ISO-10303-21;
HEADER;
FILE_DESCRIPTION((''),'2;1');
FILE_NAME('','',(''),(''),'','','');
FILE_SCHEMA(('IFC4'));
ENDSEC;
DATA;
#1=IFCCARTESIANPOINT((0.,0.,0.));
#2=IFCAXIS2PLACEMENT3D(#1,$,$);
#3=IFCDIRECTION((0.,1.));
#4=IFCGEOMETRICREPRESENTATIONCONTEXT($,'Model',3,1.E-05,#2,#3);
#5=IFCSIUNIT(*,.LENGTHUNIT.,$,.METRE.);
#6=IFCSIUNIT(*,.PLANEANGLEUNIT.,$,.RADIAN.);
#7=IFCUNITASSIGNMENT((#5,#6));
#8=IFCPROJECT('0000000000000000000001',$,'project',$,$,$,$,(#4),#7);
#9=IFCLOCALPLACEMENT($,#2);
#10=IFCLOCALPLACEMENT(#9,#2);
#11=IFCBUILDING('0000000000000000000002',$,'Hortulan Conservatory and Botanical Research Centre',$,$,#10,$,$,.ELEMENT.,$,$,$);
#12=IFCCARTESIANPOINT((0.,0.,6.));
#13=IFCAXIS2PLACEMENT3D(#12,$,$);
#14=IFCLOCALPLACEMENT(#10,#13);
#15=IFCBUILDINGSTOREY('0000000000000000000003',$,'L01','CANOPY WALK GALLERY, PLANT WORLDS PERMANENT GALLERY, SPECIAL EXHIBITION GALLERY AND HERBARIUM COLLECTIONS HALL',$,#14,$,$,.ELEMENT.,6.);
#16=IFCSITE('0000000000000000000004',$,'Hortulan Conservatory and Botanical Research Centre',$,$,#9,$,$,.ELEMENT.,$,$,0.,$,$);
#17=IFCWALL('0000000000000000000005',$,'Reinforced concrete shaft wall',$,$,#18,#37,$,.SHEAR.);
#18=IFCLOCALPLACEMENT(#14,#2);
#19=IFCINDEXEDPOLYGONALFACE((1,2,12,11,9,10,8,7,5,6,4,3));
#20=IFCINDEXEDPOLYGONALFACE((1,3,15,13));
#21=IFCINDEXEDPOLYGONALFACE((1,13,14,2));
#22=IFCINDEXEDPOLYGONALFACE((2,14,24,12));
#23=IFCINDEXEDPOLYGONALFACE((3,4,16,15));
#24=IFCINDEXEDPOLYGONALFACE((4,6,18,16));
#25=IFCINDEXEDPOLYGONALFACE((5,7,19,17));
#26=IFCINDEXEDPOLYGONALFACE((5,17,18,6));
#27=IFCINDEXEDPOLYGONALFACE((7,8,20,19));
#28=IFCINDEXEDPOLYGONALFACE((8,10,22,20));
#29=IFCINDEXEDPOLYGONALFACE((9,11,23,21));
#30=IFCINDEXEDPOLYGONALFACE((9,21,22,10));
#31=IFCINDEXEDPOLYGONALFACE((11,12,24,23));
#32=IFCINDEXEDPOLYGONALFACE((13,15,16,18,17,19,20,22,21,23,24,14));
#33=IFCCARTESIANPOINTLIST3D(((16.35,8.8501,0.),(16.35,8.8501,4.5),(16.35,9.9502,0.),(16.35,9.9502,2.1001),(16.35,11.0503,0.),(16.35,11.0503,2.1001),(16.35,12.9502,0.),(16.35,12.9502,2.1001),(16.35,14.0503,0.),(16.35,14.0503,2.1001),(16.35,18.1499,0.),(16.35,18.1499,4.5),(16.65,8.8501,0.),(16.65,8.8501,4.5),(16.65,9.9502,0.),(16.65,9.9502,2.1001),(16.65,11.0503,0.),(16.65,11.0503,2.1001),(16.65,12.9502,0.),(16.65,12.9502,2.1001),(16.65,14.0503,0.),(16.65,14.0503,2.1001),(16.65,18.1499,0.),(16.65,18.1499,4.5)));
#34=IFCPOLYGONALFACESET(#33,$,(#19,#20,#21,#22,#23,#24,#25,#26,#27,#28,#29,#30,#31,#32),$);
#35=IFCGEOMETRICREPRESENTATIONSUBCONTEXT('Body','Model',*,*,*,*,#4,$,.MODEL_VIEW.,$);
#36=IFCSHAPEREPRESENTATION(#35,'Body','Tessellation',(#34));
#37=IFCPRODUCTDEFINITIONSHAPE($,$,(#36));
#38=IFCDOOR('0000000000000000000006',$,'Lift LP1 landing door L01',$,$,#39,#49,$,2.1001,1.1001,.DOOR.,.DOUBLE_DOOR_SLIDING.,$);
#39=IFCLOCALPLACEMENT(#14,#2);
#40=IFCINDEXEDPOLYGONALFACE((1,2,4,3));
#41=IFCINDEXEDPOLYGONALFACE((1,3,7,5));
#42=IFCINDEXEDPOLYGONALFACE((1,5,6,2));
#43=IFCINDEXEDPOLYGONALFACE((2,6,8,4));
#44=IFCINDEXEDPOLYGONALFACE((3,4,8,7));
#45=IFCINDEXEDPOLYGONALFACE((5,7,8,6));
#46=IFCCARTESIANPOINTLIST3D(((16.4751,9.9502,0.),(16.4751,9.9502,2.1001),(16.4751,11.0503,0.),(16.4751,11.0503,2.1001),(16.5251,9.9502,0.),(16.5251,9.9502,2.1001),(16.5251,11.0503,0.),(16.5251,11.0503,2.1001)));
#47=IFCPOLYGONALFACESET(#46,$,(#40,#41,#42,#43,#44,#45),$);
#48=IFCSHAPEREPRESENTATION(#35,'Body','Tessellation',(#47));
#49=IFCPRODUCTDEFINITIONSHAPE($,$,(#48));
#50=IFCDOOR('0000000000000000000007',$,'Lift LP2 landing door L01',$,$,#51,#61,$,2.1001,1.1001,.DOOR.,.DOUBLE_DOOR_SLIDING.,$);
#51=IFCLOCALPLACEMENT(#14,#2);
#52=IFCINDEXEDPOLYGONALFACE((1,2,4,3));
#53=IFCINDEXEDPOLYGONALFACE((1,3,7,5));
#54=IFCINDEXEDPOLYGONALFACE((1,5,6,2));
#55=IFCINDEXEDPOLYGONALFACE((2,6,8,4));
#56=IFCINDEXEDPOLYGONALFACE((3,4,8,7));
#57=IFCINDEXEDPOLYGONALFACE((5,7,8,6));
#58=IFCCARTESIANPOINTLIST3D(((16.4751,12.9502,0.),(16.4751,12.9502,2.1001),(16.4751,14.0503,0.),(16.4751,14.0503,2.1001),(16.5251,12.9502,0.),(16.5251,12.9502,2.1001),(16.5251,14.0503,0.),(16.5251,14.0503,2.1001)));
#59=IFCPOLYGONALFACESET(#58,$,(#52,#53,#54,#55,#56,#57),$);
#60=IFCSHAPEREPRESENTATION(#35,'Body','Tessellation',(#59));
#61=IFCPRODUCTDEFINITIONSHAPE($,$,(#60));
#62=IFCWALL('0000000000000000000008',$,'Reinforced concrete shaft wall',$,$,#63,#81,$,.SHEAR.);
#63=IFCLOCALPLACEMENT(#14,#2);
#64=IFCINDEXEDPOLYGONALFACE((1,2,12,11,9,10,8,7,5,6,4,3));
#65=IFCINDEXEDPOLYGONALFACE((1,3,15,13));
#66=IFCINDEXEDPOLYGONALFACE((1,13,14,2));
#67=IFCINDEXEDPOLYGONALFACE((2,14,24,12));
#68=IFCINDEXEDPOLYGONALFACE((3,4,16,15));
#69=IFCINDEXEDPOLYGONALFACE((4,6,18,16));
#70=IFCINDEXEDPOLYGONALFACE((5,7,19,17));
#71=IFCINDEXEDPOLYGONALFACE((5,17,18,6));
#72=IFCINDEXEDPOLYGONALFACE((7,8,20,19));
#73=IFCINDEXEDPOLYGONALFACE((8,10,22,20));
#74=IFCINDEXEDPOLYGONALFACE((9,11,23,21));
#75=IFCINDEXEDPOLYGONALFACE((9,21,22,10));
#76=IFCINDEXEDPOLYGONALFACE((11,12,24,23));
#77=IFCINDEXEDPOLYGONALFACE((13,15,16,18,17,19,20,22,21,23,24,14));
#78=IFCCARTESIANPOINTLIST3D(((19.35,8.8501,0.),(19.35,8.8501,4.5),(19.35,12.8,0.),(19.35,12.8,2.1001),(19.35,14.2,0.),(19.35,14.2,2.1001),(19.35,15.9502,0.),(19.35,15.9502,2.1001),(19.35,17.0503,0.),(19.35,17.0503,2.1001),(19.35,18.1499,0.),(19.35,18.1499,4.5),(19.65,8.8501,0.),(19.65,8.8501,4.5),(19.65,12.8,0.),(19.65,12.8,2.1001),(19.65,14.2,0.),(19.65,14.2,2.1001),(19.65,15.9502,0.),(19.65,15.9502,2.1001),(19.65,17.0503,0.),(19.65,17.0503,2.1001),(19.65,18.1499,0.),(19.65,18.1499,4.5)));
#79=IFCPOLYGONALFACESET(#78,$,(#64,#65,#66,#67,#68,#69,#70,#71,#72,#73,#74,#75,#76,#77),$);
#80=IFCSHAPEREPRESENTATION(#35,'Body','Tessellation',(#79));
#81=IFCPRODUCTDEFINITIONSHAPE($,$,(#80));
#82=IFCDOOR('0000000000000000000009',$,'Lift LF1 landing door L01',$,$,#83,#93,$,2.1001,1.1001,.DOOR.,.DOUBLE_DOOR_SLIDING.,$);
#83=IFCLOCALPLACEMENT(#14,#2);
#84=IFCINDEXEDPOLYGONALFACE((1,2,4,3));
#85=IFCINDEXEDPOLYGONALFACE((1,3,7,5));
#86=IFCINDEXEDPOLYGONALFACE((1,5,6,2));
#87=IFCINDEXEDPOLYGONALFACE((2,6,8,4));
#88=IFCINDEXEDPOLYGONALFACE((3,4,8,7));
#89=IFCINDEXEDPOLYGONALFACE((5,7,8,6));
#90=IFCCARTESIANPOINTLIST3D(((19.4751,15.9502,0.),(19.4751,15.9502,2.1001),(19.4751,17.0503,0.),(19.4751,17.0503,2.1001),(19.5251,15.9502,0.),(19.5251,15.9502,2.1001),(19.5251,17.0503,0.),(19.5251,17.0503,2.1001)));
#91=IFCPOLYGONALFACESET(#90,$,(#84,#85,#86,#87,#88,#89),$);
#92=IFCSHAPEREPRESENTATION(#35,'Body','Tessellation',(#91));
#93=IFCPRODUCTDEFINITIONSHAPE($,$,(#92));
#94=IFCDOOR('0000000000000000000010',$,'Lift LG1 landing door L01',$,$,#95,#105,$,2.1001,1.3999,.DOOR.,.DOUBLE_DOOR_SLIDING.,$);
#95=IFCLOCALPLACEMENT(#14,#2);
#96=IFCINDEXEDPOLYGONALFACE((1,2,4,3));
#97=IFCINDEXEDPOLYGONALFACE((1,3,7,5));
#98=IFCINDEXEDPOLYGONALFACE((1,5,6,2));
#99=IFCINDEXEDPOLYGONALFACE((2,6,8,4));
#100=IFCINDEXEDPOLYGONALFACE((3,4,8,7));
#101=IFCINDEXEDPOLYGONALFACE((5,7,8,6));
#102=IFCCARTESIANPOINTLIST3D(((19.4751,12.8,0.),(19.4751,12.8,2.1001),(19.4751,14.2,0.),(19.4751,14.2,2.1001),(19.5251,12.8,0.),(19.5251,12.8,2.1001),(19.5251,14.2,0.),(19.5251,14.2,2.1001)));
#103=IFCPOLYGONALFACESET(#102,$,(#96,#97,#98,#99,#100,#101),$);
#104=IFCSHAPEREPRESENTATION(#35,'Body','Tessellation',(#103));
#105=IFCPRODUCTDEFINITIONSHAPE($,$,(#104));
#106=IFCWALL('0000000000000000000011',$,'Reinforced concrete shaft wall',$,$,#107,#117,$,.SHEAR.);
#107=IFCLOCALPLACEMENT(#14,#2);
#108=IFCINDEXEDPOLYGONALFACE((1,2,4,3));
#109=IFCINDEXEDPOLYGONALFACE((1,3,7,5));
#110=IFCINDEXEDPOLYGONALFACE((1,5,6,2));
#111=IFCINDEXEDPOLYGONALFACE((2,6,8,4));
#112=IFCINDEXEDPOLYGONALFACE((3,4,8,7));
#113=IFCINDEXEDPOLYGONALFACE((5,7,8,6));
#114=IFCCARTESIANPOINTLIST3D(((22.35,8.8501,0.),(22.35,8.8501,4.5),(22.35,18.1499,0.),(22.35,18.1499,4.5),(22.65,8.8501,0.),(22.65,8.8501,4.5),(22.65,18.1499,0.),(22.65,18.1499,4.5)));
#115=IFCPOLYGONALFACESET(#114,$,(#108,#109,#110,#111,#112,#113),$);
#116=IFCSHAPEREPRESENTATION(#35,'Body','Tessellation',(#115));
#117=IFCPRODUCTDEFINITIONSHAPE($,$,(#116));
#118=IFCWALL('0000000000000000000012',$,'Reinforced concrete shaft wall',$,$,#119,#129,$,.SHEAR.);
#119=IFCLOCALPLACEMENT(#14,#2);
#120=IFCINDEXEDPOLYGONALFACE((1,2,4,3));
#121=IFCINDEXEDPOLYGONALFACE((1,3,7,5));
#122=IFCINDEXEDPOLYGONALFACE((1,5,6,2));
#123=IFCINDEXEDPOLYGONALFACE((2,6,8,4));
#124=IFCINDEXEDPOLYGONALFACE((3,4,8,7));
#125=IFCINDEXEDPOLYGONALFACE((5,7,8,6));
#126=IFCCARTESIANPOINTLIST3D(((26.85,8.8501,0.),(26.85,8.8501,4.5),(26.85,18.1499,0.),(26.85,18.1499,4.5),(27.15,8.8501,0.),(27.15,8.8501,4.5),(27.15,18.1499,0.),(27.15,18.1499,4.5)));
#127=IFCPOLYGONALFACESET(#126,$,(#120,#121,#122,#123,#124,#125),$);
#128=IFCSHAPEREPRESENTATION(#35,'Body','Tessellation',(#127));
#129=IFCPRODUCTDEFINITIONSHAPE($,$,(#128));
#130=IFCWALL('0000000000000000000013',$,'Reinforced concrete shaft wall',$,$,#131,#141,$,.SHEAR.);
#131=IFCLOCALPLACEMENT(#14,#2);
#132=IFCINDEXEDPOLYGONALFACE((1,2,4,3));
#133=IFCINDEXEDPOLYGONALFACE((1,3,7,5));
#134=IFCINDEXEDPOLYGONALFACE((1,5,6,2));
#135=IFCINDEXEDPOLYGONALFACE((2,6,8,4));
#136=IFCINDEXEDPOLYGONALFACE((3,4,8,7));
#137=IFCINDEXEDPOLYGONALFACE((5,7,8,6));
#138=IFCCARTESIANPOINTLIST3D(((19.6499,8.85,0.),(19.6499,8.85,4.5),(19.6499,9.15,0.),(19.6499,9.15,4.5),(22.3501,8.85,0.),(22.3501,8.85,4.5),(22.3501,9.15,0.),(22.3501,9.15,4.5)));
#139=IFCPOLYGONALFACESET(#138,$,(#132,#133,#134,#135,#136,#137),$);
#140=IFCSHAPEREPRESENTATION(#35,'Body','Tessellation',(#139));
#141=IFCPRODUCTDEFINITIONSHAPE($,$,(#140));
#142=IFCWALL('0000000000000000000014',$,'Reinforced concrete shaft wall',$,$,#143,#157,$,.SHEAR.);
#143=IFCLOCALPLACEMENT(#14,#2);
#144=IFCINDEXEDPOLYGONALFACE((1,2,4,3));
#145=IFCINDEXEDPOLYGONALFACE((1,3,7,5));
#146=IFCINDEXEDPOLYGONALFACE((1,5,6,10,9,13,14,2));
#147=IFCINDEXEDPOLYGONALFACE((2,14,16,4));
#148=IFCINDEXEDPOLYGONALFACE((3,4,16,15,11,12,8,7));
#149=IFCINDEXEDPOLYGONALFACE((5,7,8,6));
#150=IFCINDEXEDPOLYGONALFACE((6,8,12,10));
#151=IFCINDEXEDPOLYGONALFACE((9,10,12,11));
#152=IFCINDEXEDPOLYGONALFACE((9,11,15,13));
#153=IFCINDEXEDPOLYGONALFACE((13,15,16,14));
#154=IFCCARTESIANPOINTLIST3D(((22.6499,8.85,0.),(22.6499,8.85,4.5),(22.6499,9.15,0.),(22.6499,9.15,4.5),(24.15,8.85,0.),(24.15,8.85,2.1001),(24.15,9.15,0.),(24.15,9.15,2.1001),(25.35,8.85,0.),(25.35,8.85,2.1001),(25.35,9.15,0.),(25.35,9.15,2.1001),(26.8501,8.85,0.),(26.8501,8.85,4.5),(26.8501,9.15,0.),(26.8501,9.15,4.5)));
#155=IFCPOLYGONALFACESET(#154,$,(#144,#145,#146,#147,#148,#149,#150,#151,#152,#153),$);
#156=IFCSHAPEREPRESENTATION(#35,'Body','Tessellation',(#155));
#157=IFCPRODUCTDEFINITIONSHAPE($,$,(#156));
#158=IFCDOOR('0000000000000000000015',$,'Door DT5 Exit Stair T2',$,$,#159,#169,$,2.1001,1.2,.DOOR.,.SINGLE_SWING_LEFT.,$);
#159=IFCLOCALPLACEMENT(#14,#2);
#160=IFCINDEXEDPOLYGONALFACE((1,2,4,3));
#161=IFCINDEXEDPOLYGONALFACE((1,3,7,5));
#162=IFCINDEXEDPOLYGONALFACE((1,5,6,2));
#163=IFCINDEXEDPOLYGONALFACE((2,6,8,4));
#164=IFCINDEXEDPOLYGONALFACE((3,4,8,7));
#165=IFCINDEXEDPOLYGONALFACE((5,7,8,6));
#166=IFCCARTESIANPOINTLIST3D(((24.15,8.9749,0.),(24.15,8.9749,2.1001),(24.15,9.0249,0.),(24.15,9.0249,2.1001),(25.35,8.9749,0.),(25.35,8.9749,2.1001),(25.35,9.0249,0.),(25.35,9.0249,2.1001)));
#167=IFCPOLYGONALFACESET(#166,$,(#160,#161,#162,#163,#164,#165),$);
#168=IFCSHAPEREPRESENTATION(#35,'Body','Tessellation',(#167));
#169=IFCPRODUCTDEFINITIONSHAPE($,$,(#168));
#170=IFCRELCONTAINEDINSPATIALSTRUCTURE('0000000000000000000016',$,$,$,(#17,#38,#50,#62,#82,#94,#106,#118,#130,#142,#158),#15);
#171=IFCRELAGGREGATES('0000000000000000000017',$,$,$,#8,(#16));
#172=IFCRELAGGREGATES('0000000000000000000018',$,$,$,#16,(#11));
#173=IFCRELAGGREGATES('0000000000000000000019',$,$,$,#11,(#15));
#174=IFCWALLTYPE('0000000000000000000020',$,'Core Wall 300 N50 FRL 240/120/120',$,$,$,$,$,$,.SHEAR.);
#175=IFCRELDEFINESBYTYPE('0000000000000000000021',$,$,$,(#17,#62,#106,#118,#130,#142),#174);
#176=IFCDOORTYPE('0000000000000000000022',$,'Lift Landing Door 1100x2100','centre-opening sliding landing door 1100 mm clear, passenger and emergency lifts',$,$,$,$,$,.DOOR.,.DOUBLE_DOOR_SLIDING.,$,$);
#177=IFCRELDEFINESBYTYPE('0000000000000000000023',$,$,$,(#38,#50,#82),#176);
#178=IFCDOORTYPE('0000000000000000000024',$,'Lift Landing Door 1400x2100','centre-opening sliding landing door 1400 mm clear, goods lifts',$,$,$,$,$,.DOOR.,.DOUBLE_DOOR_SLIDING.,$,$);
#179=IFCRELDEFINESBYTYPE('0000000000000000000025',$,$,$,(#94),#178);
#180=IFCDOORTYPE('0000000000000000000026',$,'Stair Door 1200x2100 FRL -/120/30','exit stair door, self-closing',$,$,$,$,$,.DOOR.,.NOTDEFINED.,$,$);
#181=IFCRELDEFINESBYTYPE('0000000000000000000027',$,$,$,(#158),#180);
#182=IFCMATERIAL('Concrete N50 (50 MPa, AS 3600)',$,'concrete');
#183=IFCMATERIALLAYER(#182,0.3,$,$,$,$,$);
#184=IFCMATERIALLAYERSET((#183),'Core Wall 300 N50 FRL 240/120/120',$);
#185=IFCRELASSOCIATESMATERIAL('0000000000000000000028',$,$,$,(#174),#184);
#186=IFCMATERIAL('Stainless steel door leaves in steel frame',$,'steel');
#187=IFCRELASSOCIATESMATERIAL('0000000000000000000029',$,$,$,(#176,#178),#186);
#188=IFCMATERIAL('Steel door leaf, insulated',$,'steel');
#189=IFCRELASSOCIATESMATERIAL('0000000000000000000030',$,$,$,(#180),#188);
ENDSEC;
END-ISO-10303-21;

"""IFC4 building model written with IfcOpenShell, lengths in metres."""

from ifc_helpers import new_model, si_unit, direction, frame, frame_2d, origin, place, context, subcontext, project, spatial, rectangle, extrude, material, layer, layer_set, type_object, element, fill, save


model = new_model("IFC4")

# Units and contexts
model_context = context("Model", 3, precision=1e-05, world=origin(), true_north=direction((0.0, 1.0)))
body_context = subcontext(model_context, "Body", "Model", "MODEL_VIEW")
ifc_project = project(units=[si_unit("LENGTHUNIT", "METRE"), si_unit("PLANEANGLEUNIT", "RADIAN")], contexts=[model_context])

# Site, building, storey
site_placement = place(None, origin())
site = spatial("IfcSite", under=ifc_project, at=site_placement, Name="Hortulan Conservatory and Botanical Research Centre", CompositionType="ELEMENT", RefElevation=0.0)
building_placement = place(site_placement, origin())
building = spatial("IfcBuilding", under=site, at=building_placement, Name="Hortulan Conservatory and Botanical Research Centre", CompositionType="ELEMENT")
storey_placement = place(building_placement, frame((0.0, 0.0, 6.0)))
storey = spatial("IfcBuildingStorey", under=building, at=storey_placement, Name="L01", Description="CANOPY WALK GALLERY, PLANT WORLDS PERMANENT GALLERY, SPECIAL EXHIBITION GALLERY AND HERBARIUM COLLECTIONS HALL", CompositionType="ELEMENT", Elevation=6.0)

# Shared definitions
ifc_material_1 = material(Name="Steel door leaf, insulated", Category="steel")

# Walls, openings, doors
ifc_material_2 = material(Name="Concrete N50 (50 MPa, AS 3600)", Category="concrete")
ifc_layer_1 = layer(ifc_material_2, 0.3)
ifc_layer_set_1 = layer_set([ifc_layer_1], Name="Core Wall 300 N50 FRL 240/120/120")
wall_type_1 = type_object("IfcWallType", Name="Core Wall 300 N50 FRL 240/120/120", PredefinedType="SHEAR", material=ifc_layer_set_1)
wall_1_placement = place(storey_placement, frame((16.5, 8.8501, 0.0), z_axis=(0.0, 0.0, 1.0), x_axis=(0.0, 1.0, 0.0)))
wall_1 = element("IfcWall", 1, at=wall_1_placement, inside=storey, type_object=wall_type_1, Name="Reinforced concrete shaft wall", PredefinedType="SHEAR", context=body_context, shape_type="SweptSolid", body=[
    extrude(rectangle(XDim=9.2998, YDim=0.3, at=frame_2d((4.6499, 0.0))), origin(), (0.0, 0.0, 1.0), 4.5),
])
opening_1_placement = place(wall_1_placement, frame((1.1001, 0.0, 0.0)))
opening_1 = element("IfcOpeningElement", 2, at=opening_1_placement, cuts=wall_1, PredefinedType="OPENING", context=body_context, shape_type="SweptSolid", body=[
    extrude(rectangle(XDim=1.1001, YDim=2.1001, at=frame_2d((0.55, 1.05))), frame((0.0, 0.1599, 0.0), z_axis=(0.0, -1.0, 0.0), x_axis=(1.0, 0.0, 0.0)), (0.0, 0.0, 1.0), 0.3201),
])
opening_2_placement = place(wall_1_placement, frame((4.1001, 0.0, 0.0)))
opening_2 = element("IfcOpeningElement", 3, at=opening_2_placement, cuts=wall_1, PredefinedType="OPENING", context=body_context, shape_type="SweptSolid", body=[
    extrude(rectangle(XDim=1.1001, YDim=2.1001, at=frame_2d((0.55, 1.05))), frame((0.0, 0.1599, 0.0), z_axis=(0.0, -1.0, 0.0), x_axis=(1.0, 0.0, 0.0)), (0.0, 0.0, 1.0), 0.3201),
])
ifc_material_3 = material(Name="Stainless steel door leaves in steel frame", Category="steel")
door_type_1 = type_object("IfcDoorType", Name="Lift Landing Door 1100x2100", Description="centre-opening sliding landing door 1100 mm clear, passenger and emergency lifts", OperationType="DOUBLE_DOOR_SLIDING", PredefinedType="DOOR", material=ifc_material_3)
door_1_placement = place(opening_1_placement, origin())
door_1 = element("IfcDoor", 4, at=door_1_placement, inside=storey, type_object=door_type_1, Name="Lift LP1 landing door L01", OperationType="DOUBLE_DOOR_SLIDING", OverallHeight=2.1001, OverallWidth=1.1001, PredefinedType="DOOR", context=body_context, shape_type="SweptSolid", body=[
    extrude(rectangle(XDim=1.1001, YDim=2.1001, at=frame_2d((0.55, 1.05))), frame((0.0, 0.0249, 0.0), z_axis=(0.0, -1.0, 0.0), x_axis=(1.0, 0.0, 0.0)), (0.0, 0.0, 1.0), 0.05),
])
fill(opening_1, door_1)
door_2_placement = place(opening_2_placement, origin())
door_2 = element("IfcDoor", 5, at=door_2_placement, inside=storey, type_object=door_type_1, Name="Lift LP2 landing door L01", OperationType="DOUBLE_DOOR_SLIDING", OverallHeight=2.1001, OverallWidth=1.1001, PredefinedType="DOOR", context=body_context, shape_type="SweptSolid", body=[
    extrude(rectangle(XDim=1.1001, YDim=2.1001, at=frame_2d((0.55, 1.05))), frame((0.0, 0.0249, 0.0), z_axis=(0.0, -1.0, 0.0), x_axis=(1.0, 0.0, 0.0)), (0.0, 0.0, 1.0), 0.05),
])
fill(opening_2, door_2)
wall_2_placement = place(storey_placement, frame((19.5, 8.8501, 0.0), z_axis=(0.0, 0.0, 1.0), x_axis=(0.0, 1.0, 0.0)))
wall_2 = element("IfcWall", 6, at=wall_2_placement, inside=storey, type_object=wall_type_1, Name="Reinforced concrete shaft wall", PredefinedType="SHEAR", context=body_context, shape_type="SweptSolid", body=[
    extrude(rectangle(XDim=9.2998, YDim=0.3, at=frame_2d((4.6499, 0.0))), origin(), (0.0, 0.0, 1.0), 4.5),
])
opening_3_placement = place(wall_2_placement, frame((3.95, 0.0, 0.0)))
opening_3 = element("IfcOpeningElement", 7, at=opening_3_placement, cuts=wall_2, PredefinedType="OPENING", context=body_context, shape_type="SweptSolid", body=[
    extrude(rectangle(XDim=1.3999, YDim=2.1001, at=frame_2d((0.7, 1.05))), frame((0.0, 0.1599, 0.0), z_axis=(0.0, -1.0, 0.0), x_axis=(1.0, 0.0, 0.0)), (0.0, 0.0, 1.0), 0.3201),
])
opening_4_placement = place(wall_2_placement, frame((7.1001, 0.0, 0.0)))
opening_4 = element("IfcOpeningElement", 8, at=opening_4_placement, cuts=wall_2, PredefinedType="OPENING", context=body_context, shape_type="SweptSolid", body=[
    extrude(rectangle(XDim=1.1001, YDim=2.1001, at=frame_2d((0.55, 1.05))), frame((0.0, 0.1599, 0.0), z_axis=(0.0, -1.0, 0.0), x_axis=(1.0, 0.0, 0.0)), (0.0, 0.0, 1.0), 0.3201),
])
door_3_placement = place(opening_4_placement, origin())
door_3 = element("IfcDoor", 9, at=door_3_placement, inside=storey, type_object=door_type_1, Name="Lift LF1 landing door L01", OperationType="DOUBLE_DOOR_SLIDING", OverallHeight=2.1001, OverallWidth=1.1001, PredefinedType="DOOR", context=body_context, shape_type="SweptSolid", body=[
    extrude(rectangle(XDim=1.1001, YDim=2.1001, at=frame_2d((0.55, 1.05))), frame((0.0, 0.0249, 0.0), z_axis=(0.0, -1.0, 0.0), x_axis=(1.0, 0.0, 0.0)), (0.0, 0.0, 1.0), 0.05),
])
fill(opening_4, door_3)
door_type_2 = type_object("IfcDoorType", Name="Lift Landing Door 1400x2100", Description="centre-opening sliding landing door 1400 mm clear, goods lifts", OperationType="DOUBLE_DOOR_SLIDING", PredefinedType="DOOR", material=ifc_material_3)
door_4_placement = place(opening_3_placement, origin())
door_4 = element("IfcDoor", 10, at=door_4_placement, inside=storey, type_object=door_type_2, Name="Lift LG1 landing door L01", OperationType="DOUBLE_DOOR_SLIDING", OverallHeight=2.1001, OverallWidth=1.3999, PredefinedType="DOOR", context=body_context, shape_type="SweptSolid", body=[
    extrude(rectangle(XDim=1.3999, YDim=2.1001, at=frame_2d((0.7, 1.05))), frame((0.0, 0.0249, 0.0), z_axis=(0.0, -1.0, 0.0), x_axis=(1.0, 0.0, 0.0)), (0.0, 0.0, 1.0), 0.05),
])
fill(opening_3, door_4)

# Walls
for number, where, z_axis, x_axis, name in (
    (11, (22.5, 8.8501, 0.0), (0.0, 0.0, 1.0), (0.0, 1.0, 0.0), "Reinforced concrete shaft wall"),
    (12, (27.0, 8.8501, 0.0), (0.0, 0.0, 1.0), (0.0, 1.0, 0.0), "Reinforced concrete shaft wall"),
):
    element("IfcWall", number, at=place(storey_placement, frame(where, z_axis=z_axis, x_axis=x_axis)), inside=storey, type_object=wall_type_1, Name=name, PredefinedType="SHEAR", context=body_context, shape_type="SweptSolid", body=[
        extrude(rectangle(XDim=9.2998, YDim=0.3, at=frame_2d((4.6499, 0.0))), origin(), (0.0, 0.0, 1.0), 4.5),
    ])
wall_3_placement = place(storey_placement, frame((19.6499, 9.0, 0.0), z_axis=(0.0, 0.0, 1.0), x_axis=(1.0, 0.0, 0.0)))
element("IfcWall", 13, at=wall_3_placement, inside=storey, type_object=wall_type_1, Name="Reinforced concrete shaft wall", PredefinedType="SHEAR", context=body_context, shape_type="SweptSolid", body=[
    extrude(rectangle(XDim=2.7002, YDim=0.3, at=frame_2d((1.3501, 0.0))), origin(), (0.0, 0.0, 1.0), 4.5),
])

# Wall, opening, door
wall_4_placement = place(storey_placement, frame((22.6499, 9.0, 0.0), z_axis=(0.0, 0.0, 1.0), x_axis=(1.0, 0.0, 0.0)))
wall_4 = element("IfcWall", 14, at=wall_4_placement, inside=storey, type_object=wall_type_1, Name="Reinforced concrete shaft wall", PredefinedType="SHEAR", context=body_context, shape_type="SweptSolid", body=[
    extrude(rectangle(XDim=4.2002, YDim=0.3, at=frame_2d((2.1001, 0.0))), origin(), (0.0, 0.0, 1.0), 4.5),
])
opening_5_placement = place(wall_4_placement, frame((1.5, 0.0, 0.0)))
opening_5 = element("IfcOpeningElement", 15, at=opening_5_placement, cuts=wall_4, PredefinedType="OPENING", context=body_context, shape_type="SweptSolid", body=[
    extrude(rectangle(XDim=1.2, YDim=2.1001, at=frame_2d((0.6001, 1.05))), frame((0.0, 0.1599, 0.0), z_axis=(0.0, -1.0, 0.0), x_axis=(1.0, 0.0, 0.0)), (0.0, 0.0, 1.0), 0.3201),
])
door_type_3 = type_object("IfcDoorType", Name="Stair Door 1200x2100 FRL -/120/30", Description="exit stair door, self-closing", OperationType="NOTDEFINED", PredefinedType="DOOR", material=ifc_material_1)
door_5_placement = place(opening_5_placement, origin())
door_5 = element("IfcDoor", 16, at=door_5_placement, inside=storey, type_object=door_type_3, Name="Door DT5 Exit Stair T2", OperationType="SINGLE_SWING_LEFT", OverallHeight=2.1001, OverallWidth=1.2, PredefinedType="DOOR", context=body_context, shape_type="SweptSolid", body=[
    extrude(rectangle(XDim=1.2, YDim=2.1001, at=frame_2d((0.6001, 1.05))), frame((0.0, 0.0249, 0.0), z_axis=(0.0, -1.0, 0.0), x_axis=(1.0, 0.0, 0.0)), (0.0, 0.0, 1.0), 0.05),
])
fill(opening_5, door_5)

save(model, "model.ifc")
